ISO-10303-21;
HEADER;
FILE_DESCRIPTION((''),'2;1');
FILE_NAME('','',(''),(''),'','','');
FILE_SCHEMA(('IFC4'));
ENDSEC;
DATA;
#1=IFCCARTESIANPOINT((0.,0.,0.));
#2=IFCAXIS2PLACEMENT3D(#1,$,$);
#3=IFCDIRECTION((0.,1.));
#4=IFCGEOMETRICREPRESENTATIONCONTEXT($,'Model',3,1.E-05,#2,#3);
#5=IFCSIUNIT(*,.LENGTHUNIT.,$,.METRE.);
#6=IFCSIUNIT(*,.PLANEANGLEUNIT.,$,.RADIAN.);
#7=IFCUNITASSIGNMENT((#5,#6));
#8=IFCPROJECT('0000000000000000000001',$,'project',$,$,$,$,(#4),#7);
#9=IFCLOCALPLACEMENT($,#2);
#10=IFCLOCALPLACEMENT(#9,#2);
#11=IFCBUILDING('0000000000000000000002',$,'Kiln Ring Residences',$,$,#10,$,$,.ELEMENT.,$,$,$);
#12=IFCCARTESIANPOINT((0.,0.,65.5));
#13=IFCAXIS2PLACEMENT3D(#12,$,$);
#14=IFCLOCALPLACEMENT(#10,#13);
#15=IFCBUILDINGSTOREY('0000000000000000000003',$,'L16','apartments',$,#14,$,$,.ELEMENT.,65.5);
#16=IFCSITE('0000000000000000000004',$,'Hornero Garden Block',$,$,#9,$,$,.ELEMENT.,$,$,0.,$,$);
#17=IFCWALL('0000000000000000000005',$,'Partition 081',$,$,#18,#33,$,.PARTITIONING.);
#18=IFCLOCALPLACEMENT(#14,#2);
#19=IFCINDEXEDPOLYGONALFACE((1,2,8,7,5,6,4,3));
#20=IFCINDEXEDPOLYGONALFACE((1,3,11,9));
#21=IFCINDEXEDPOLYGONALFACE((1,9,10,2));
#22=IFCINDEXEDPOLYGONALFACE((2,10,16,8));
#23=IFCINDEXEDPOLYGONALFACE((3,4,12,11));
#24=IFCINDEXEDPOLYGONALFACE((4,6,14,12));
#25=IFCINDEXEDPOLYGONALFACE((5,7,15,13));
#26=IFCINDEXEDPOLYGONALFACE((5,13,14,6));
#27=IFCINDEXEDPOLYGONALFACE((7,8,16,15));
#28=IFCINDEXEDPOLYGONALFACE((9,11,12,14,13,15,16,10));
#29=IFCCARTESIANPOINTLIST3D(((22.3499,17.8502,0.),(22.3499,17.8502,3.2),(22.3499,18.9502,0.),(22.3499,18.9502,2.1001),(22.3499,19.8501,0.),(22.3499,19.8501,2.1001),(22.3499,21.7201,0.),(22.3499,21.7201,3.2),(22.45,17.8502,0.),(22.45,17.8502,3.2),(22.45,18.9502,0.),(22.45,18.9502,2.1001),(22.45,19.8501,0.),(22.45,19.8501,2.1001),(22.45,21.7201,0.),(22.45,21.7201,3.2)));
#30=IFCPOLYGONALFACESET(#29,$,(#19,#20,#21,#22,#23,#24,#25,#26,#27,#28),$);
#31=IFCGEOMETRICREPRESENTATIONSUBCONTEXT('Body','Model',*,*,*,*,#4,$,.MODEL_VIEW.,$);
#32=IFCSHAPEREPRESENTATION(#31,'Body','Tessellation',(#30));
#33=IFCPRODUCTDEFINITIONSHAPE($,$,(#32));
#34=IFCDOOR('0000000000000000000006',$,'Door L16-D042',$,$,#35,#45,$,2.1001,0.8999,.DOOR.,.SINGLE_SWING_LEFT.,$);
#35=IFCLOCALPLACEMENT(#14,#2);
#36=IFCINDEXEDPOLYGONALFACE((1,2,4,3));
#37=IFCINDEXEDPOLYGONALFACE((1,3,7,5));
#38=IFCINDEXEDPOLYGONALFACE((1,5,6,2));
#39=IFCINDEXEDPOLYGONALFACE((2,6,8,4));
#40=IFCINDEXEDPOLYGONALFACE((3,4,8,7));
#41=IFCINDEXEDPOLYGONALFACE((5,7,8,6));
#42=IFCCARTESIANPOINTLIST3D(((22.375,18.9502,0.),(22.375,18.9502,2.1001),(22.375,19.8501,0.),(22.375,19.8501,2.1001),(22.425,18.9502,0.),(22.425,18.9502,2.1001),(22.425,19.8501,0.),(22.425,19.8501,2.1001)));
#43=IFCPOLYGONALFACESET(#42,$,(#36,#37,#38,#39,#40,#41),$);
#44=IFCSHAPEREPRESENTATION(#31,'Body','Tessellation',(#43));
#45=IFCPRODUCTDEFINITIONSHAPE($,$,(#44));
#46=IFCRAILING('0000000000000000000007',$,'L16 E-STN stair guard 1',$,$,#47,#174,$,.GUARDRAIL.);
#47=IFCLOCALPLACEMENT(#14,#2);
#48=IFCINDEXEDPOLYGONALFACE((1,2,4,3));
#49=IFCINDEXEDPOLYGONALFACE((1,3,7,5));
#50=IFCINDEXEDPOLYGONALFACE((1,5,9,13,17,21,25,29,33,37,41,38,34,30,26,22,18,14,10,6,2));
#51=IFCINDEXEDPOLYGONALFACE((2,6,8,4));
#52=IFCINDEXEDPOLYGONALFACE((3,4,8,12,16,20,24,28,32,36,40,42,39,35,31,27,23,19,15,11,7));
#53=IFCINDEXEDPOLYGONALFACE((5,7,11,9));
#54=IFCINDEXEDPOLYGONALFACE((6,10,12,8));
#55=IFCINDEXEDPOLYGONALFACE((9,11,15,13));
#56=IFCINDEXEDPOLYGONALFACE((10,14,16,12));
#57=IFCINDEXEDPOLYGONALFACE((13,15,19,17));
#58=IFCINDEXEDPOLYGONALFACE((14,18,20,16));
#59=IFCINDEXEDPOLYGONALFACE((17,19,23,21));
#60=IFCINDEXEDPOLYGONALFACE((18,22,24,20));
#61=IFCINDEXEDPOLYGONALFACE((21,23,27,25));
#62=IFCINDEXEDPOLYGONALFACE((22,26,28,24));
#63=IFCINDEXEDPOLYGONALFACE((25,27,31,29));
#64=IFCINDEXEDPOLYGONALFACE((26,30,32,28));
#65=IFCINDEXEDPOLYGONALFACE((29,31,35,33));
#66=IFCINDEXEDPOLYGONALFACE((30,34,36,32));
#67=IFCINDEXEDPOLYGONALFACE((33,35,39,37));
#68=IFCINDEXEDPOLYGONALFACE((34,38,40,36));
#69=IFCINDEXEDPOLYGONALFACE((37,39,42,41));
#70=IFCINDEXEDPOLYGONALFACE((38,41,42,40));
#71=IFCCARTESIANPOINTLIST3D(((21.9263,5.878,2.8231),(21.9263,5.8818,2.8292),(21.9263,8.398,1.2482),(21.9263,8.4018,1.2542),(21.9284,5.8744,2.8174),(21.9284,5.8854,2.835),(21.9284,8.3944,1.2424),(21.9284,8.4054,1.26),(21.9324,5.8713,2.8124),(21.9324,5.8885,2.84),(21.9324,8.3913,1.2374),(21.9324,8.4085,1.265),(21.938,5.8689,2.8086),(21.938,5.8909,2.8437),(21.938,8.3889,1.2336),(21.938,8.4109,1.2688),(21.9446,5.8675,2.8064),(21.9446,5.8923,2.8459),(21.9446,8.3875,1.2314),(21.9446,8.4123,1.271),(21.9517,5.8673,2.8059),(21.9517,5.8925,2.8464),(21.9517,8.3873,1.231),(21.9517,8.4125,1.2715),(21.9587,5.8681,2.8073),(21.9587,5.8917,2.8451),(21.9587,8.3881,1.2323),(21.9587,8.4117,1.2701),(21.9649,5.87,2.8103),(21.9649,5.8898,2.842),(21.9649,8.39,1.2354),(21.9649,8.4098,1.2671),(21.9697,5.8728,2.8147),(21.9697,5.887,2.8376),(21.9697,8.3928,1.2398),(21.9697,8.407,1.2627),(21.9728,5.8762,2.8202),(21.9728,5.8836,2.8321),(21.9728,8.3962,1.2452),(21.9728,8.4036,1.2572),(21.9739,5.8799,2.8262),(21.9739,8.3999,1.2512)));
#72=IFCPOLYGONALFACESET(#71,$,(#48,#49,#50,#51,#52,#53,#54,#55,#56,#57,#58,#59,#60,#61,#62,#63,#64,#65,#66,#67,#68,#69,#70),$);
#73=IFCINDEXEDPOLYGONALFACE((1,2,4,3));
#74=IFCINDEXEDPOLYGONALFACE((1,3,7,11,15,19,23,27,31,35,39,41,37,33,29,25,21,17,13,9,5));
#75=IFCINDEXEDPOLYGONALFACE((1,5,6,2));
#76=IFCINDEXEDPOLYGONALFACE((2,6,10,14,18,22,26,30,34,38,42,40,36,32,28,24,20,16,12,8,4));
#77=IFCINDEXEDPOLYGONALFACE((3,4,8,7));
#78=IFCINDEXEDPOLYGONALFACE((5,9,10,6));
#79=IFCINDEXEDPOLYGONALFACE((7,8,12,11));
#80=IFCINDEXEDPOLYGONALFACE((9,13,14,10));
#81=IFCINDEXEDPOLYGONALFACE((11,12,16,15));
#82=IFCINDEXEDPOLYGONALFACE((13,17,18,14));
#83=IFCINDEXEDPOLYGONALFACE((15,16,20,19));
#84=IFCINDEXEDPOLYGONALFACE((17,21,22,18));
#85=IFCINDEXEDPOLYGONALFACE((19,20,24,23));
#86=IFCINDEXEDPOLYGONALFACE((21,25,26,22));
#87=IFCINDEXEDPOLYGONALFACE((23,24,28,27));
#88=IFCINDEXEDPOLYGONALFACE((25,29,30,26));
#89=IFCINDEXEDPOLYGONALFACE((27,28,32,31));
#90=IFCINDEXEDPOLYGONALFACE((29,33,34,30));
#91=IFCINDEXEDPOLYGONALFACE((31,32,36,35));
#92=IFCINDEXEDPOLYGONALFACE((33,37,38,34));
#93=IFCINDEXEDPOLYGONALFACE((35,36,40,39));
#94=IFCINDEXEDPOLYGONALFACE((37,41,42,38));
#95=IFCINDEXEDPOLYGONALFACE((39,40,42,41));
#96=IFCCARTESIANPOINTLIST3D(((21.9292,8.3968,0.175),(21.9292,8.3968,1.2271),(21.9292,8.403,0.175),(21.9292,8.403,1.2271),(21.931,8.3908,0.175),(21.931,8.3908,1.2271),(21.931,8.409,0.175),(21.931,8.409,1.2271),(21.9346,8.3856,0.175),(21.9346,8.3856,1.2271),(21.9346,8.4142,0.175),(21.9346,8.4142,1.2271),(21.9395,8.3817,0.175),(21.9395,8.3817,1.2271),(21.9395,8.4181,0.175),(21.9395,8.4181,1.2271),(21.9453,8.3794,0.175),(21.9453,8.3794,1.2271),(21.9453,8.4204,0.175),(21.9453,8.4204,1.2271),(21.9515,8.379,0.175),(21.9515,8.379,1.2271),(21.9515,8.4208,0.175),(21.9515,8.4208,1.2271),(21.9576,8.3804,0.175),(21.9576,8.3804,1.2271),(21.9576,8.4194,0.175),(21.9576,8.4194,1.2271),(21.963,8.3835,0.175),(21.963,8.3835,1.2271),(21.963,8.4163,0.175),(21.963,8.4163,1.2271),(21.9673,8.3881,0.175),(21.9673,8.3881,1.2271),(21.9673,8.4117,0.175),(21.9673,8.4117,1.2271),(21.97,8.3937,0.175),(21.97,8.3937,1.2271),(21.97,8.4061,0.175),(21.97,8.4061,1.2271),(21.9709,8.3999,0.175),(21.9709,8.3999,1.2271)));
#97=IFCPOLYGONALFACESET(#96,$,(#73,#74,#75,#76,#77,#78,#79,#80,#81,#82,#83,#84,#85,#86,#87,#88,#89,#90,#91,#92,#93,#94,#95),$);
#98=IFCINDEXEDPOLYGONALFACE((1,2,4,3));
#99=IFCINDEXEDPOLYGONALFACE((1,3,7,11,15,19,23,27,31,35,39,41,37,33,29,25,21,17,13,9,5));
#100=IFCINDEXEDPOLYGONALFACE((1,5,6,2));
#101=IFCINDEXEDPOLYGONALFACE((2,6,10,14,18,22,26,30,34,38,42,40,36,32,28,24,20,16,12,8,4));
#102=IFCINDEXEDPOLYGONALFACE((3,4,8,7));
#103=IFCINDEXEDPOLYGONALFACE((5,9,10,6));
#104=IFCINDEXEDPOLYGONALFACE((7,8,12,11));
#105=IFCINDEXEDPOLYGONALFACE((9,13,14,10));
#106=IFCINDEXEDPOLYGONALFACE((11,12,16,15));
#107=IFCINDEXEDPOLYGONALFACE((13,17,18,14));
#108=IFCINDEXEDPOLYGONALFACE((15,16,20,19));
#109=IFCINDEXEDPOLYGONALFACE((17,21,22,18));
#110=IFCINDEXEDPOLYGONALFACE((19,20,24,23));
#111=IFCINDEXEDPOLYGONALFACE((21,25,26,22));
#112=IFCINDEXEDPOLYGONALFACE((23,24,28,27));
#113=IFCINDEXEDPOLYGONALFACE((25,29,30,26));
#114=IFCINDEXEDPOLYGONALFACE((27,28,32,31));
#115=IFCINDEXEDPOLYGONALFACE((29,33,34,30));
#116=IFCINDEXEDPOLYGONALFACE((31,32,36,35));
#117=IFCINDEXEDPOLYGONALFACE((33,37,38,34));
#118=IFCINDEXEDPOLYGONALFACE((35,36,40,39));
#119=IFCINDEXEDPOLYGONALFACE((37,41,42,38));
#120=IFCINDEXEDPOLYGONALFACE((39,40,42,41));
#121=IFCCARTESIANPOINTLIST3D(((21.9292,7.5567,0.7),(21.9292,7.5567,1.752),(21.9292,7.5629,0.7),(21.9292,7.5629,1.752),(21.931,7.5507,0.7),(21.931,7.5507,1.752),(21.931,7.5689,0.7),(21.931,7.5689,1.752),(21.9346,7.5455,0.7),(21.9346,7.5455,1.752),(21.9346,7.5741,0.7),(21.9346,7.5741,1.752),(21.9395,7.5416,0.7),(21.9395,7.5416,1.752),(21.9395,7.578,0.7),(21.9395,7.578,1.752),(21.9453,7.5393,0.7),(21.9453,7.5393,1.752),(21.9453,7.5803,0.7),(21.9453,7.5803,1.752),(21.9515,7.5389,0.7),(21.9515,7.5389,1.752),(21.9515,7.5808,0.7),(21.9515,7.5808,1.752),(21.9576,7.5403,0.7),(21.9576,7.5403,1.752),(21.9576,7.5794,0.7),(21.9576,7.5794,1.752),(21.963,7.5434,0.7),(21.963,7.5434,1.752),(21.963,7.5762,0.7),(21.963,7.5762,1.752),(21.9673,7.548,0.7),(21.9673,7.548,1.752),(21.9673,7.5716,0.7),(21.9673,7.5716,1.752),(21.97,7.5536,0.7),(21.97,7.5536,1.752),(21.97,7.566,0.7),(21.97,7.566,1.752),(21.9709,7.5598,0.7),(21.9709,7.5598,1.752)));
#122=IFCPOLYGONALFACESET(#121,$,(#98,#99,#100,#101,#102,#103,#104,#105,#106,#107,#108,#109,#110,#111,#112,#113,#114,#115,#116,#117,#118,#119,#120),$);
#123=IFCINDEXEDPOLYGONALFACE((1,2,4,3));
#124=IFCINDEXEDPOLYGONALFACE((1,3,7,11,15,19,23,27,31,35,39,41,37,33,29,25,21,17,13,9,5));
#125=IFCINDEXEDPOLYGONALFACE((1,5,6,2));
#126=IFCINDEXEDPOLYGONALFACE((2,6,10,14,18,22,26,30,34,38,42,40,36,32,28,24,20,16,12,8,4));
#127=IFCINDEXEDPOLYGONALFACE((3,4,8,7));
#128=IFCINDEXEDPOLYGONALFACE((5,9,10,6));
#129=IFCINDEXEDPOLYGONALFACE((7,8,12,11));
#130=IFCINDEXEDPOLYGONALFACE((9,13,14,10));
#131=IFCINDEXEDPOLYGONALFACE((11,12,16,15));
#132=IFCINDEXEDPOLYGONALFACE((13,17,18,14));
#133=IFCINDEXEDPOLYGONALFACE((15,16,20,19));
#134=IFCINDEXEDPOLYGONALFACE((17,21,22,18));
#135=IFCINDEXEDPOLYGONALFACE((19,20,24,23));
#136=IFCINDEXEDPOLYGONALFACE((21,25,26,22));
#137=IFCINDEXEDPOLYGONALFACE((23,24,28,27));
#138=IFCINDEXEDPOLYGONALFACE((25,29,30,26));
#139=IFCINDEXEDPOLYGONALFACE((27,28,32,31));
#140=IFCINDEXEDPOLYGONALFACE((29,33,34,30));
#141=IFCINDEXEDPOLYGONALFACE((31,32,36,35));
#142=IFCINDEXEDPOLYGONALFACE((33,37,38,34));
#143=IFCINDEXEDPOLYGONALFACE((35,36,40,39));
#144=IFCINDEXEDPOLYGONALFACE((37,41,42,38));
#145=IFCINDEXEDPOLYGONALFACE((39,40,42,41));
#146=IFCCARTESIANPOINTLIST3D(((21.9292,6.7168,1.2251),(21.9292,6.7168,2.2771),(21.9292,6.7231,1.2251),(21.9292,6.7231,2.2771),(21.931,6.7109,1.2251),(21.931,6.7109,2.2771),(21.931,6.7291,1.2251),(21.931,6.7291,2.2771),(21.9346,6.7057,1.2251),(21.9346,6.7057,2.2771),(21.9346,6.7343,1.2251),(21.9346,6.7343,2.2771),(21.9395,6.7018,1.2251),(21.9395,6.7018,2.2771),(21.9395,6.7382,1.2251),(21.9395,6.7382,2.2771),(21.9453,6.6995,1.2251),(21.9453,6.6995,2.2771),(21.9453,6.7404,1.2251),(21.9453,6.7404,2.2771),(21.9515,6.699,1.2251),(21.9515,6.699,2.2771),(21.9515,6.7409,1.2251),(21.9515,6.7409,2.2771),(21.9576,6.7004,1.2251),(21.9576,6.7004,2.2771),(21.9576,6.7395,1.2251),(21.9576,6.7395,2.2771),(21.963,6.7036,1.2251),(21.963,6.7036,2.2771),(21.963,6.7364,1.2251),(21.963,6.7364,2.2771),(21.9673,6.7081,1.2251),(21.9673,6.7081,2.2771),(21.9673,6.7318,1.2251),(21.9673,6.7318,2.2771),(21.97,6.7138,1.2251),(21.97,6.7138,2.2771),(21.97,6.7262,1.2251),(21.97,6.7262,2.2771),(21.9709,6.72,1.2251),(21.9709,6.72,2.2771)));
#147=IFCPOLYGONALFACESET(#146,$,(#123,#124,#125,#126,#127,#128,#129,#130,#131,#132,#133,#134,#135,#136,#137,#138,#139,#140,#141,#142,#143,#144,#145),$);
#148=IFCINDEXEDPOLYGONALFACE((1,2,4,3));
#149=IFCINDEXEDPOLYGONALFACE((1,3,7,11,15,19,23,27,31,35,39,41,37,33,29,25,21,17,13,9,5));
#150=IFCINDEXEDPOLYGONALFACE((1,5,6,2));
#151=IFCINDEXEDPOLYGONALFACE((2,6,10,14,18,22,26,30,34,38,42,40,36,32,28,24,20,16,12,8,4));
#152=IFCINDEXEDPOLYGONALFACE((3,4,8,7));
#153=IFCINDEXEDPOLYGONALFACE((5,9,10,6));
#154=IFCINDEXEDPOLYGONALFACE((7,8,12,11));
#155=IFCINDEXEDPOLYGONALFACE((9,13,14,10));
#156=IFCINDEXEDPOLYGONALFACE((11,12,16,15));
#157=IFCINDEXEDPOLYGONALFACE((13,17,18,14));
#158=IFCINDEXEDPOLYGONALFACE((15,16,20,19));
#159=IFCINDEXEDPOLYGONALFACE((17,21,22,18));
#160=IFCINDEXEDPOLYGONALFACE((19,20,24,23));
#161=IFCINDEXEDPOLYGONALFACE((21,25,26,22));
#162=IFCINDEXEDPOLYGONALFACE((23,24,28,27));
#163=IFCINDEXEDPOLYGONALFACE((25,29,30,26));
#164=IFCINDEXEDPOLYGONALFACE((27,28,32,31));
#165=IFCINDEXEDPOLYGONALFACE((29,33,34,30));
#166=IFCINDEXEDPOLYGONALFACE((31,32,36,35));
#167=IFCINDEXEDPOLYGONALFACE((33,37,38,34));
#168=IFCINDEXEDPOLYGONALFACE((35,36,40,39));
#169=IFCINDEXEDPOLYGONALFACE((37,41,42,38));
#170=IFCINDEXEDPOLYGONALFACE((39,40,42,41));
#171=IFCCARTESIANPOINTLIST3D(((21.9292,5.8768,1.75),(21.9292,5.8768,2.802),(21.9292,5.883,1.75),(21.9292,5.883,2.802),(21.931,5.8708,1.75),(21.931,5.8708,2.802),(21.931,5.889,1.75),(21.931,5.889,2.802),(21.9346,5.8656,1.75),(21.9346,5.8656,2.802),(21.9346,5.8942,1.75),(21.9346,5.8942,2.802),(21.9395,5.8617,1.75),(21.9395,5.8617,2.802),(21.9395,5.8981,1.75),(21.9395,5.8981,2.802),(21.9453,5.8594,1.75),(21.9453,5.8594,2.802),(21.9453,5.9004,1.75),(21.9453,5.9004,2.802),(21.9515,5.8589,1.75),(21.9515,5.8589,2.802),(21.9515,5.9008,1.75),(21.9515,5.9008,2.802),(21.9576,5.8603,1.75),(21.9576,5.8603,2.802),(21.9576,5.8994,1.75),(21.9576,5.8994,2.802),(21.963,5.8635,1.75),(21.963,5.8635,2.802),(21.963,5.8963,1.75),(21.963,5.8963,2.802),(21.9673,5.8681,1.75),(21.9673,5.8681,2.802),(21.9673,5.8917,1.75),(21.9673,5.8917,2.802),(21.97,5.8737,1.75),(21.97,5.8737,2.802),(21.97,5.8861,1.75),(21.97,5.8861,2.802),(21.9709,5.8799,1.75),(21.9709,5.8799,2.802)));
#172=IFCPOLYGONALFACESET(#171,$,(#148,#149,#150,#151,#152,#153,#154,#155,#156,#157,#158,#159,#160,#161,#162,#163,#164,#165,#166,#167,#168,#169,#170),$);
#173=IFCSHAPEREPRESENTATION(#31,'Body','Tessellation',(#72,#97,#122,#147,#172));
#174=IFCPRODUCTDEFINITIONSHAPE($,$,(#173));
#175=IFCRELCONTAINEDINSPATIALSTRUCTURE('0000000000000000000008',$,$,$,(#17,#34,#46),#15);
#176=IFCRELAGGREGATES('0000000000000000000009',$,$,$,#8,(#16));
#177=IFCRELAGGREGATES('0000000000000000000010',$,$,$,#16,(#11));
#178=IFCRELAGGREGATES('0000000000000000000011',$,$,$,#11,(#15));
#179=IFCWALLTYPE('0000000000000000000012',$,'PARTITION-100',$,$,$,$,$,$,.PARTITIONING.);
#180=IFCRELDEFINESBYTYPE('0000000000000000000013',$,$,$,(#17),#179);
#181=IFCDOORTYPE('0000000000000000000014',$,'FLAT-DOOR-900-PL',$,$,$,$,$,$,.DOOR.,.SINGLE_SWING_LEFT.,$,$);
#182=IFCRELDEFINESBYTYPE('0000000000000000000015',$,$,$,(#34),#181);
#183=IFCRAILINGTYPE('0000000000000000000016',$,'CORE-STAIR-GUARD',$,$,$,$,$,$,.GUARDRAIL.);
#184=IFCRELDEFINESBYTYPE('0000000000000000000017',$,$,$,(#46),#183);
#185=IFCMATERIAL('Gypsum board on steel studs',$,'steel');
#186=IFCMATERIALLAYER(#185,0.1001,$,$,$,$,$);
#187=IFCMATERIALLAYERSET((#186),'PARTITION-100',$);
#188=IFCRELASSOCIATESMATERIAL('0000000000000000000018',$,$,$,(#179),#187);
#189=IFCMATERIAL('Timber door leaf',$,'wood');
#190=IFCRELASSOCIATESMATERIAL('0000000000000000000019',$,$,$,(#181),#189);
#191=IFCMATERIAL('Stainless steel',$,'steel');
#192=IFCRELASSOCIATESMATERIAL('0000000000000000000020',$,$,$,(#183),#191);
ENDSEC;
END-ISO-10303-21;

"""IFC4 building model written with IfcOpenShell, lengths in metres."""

from ifc_helpers import new_model, si_unit, direction, frame, frame_2d, origin, origin_2d, place, context, subcontext, project, spatial, rectangle, circle, extrude, material, layer, layer_set, type_object, element, fill, save


model = new_model("IFC4")

# Units and contexts
model_context = context("Model", 3, precision=1e-05, world=origin(), true_north=direction((0.0, 1.0)))
body_context = subcontext(model_context, "Body", "Model", "MODEL_VIEW")
ifc_project = project(units=[si_unit("LENGTHUNIT", "METRE"), si_unit("PLANEANGLEUNIT", "RADIAN")], contexts=[model_context])

# Site, building, storey
site_placement = place(None, origin())
site = spatial("IfcSite", under=ifc_project, at=site_placement, Name="Hornero Garden Block", CompositionType="ELEMENT", RefElevation=0.0)
building_placement = place(site_placement, origin())
building = spatial("IfcBuilding", under=site, at=building_placement, Name="Kiln Ring Residences", CompositionType="ELEMENT")
storey_placement = place(building_placement, frame((0.0, 0.0, 65.5)))
storey = spatial("IfcBuildingStorey", under=building, at=storey_placement, Name="L16", Description="apartments", CompositionType="ELEMENT", Elevation=65.5)

# Shared definitions
ifc_material_1 = material(Name="Gypsum board on steel studs", Category="steel")
ifc_layer_1 = layer(ifc_material_1, 0.1001)
ifc_layer_set_1 = layer_set([ifc_layer_1], Name="PARTITION-100")
wall_type_1 = type_object("IfcWallType", Name="PARTITION-100", PredefinedType="PARTITIONING", material=ifc_layer_set_1)

# Wall, opening, door
wall_1_placement = place(storey_placement, frame((22.3999, 17.8501, 0.0), z_axis=(0.0, 0.0, 1.0), x_axis=(0.0, 1.0, 0.0)))
wall_1 = element("IfcWall", 1, at=wall_1_placement, inside=storey, type_object=wall_type_1, Name="Partition 081", PredefinedType="PARTITIONING", context=body_context, shape_type="SweptSolid", body=[
    extrude(rectangle(XDim=3.8699, YDim=0.1001, at=frame_2d((1.9351, 0.0))), origin(), (0.0, 0.0, 1.0), 3.2),
])
opening_1_placement = place(wall_1_placement, frame((1.1001, 0.0, 0.0)))
opening_1 = element("IfcOpeningElement", 2, at=opening_1_placement, cuts=wall_1, PredefinedType="OPENING", context=body_context, shape_type="SweptSolid", body=[
    extrude(rectangle(XDim=0.8999, YDim=2.1001, at=frame_2d((0.45, 1.05))), frame((0.0, 0.0601, 0.0), z_axis=(0.0, -1.0, 0.0), x_axis=(1.0, 0.0, 0.0)), (0.0, 0.0, 1.0), 0.1201),
])
ifc_material_2 = material(Name="Timber door leaf", Category="wood")
door_type_1 = type_object("IfcDoorType", Name="FLAT-DOOR-900-PL", OperationType="SINGLE_SWING_LEFT", PredefinedType="DOOR", material=ifc_material_2)
door_1_placement = place(opening_1_placement, origin())
door_1 = element("IfcDoor", 3, at=door_1_placement, inside=storey, type_object=door_type_1, Name="Door L16-D042", OperationType="SINGLE_SWING_LEFT", OverallHeight=2.1001, OverallWidth=0.8999, PredefinedType="DOOR", context=body_context, shape_type="SweptSolid", body=[
    extrude(rectangle(XDim=0.8999, YDim=2.1001, at=frame_2d((0.45, 1.05))), frame((0.0, 0.0249, 0.0), z_axis=(0.0, -1.0, 0.0), x_axis=(1.0, 0.0, 0.0)), (0.0, 0.0, 1.0), 0.05),
])
fill(opening_1, door_1)

# Railing
ifc_material_3 = material(Name="Stainless steel", Category="steel")
railing_type = type_object("IfcRailingType", Name="CORE-STAIR-GUARD", PredefinedType="GUARDRAIL", material=ifc_material_3)
railing_1_placement = place(storey_placement, frame((21.95, 8.3999, 0.175)))
element("IfcRailing", 4, at=railing_1_placement, inside=storey, type_object=railing_type, Name="L16 E-STN stair guard 1", PredefinedType="GUARDRAIL", context=body_context, shape_type="SweptSolid", body=[
    extrude(circle(Radius=0.0239, at=origin_2d()), frame((0.0, 0.0, 1.0762), z_axis=(0.0, -0.848008, 0.529984), x_axis=(1.0, 0.0, 0.0)), (0.0, 0.0, 1.0), 2.9717),
    extrude(circle(Radius=0.021, at=origin_2d()), origin(), (0.0, 0.0, 1.0), 1.052),
    extrude(circle(Radius=0.021, at=origin_2d()), frame((0.0, -0.8401, 0.5249)), (0.0, 0.0, 1.0), 1.052),
    extrude(circle(Radius=0.021, at=origin_2d()), frame((0.0, -1.6799, 1.05)), (0.0, 0.0, 1.0), 1.052),
    extrude(circle(Radius=0.021, at=origin_2d()), frame((0.0, -2.52, 1.575)), (0.0, 0.0, 1.0), 1.052),
])

save(model, "model.ifc")
